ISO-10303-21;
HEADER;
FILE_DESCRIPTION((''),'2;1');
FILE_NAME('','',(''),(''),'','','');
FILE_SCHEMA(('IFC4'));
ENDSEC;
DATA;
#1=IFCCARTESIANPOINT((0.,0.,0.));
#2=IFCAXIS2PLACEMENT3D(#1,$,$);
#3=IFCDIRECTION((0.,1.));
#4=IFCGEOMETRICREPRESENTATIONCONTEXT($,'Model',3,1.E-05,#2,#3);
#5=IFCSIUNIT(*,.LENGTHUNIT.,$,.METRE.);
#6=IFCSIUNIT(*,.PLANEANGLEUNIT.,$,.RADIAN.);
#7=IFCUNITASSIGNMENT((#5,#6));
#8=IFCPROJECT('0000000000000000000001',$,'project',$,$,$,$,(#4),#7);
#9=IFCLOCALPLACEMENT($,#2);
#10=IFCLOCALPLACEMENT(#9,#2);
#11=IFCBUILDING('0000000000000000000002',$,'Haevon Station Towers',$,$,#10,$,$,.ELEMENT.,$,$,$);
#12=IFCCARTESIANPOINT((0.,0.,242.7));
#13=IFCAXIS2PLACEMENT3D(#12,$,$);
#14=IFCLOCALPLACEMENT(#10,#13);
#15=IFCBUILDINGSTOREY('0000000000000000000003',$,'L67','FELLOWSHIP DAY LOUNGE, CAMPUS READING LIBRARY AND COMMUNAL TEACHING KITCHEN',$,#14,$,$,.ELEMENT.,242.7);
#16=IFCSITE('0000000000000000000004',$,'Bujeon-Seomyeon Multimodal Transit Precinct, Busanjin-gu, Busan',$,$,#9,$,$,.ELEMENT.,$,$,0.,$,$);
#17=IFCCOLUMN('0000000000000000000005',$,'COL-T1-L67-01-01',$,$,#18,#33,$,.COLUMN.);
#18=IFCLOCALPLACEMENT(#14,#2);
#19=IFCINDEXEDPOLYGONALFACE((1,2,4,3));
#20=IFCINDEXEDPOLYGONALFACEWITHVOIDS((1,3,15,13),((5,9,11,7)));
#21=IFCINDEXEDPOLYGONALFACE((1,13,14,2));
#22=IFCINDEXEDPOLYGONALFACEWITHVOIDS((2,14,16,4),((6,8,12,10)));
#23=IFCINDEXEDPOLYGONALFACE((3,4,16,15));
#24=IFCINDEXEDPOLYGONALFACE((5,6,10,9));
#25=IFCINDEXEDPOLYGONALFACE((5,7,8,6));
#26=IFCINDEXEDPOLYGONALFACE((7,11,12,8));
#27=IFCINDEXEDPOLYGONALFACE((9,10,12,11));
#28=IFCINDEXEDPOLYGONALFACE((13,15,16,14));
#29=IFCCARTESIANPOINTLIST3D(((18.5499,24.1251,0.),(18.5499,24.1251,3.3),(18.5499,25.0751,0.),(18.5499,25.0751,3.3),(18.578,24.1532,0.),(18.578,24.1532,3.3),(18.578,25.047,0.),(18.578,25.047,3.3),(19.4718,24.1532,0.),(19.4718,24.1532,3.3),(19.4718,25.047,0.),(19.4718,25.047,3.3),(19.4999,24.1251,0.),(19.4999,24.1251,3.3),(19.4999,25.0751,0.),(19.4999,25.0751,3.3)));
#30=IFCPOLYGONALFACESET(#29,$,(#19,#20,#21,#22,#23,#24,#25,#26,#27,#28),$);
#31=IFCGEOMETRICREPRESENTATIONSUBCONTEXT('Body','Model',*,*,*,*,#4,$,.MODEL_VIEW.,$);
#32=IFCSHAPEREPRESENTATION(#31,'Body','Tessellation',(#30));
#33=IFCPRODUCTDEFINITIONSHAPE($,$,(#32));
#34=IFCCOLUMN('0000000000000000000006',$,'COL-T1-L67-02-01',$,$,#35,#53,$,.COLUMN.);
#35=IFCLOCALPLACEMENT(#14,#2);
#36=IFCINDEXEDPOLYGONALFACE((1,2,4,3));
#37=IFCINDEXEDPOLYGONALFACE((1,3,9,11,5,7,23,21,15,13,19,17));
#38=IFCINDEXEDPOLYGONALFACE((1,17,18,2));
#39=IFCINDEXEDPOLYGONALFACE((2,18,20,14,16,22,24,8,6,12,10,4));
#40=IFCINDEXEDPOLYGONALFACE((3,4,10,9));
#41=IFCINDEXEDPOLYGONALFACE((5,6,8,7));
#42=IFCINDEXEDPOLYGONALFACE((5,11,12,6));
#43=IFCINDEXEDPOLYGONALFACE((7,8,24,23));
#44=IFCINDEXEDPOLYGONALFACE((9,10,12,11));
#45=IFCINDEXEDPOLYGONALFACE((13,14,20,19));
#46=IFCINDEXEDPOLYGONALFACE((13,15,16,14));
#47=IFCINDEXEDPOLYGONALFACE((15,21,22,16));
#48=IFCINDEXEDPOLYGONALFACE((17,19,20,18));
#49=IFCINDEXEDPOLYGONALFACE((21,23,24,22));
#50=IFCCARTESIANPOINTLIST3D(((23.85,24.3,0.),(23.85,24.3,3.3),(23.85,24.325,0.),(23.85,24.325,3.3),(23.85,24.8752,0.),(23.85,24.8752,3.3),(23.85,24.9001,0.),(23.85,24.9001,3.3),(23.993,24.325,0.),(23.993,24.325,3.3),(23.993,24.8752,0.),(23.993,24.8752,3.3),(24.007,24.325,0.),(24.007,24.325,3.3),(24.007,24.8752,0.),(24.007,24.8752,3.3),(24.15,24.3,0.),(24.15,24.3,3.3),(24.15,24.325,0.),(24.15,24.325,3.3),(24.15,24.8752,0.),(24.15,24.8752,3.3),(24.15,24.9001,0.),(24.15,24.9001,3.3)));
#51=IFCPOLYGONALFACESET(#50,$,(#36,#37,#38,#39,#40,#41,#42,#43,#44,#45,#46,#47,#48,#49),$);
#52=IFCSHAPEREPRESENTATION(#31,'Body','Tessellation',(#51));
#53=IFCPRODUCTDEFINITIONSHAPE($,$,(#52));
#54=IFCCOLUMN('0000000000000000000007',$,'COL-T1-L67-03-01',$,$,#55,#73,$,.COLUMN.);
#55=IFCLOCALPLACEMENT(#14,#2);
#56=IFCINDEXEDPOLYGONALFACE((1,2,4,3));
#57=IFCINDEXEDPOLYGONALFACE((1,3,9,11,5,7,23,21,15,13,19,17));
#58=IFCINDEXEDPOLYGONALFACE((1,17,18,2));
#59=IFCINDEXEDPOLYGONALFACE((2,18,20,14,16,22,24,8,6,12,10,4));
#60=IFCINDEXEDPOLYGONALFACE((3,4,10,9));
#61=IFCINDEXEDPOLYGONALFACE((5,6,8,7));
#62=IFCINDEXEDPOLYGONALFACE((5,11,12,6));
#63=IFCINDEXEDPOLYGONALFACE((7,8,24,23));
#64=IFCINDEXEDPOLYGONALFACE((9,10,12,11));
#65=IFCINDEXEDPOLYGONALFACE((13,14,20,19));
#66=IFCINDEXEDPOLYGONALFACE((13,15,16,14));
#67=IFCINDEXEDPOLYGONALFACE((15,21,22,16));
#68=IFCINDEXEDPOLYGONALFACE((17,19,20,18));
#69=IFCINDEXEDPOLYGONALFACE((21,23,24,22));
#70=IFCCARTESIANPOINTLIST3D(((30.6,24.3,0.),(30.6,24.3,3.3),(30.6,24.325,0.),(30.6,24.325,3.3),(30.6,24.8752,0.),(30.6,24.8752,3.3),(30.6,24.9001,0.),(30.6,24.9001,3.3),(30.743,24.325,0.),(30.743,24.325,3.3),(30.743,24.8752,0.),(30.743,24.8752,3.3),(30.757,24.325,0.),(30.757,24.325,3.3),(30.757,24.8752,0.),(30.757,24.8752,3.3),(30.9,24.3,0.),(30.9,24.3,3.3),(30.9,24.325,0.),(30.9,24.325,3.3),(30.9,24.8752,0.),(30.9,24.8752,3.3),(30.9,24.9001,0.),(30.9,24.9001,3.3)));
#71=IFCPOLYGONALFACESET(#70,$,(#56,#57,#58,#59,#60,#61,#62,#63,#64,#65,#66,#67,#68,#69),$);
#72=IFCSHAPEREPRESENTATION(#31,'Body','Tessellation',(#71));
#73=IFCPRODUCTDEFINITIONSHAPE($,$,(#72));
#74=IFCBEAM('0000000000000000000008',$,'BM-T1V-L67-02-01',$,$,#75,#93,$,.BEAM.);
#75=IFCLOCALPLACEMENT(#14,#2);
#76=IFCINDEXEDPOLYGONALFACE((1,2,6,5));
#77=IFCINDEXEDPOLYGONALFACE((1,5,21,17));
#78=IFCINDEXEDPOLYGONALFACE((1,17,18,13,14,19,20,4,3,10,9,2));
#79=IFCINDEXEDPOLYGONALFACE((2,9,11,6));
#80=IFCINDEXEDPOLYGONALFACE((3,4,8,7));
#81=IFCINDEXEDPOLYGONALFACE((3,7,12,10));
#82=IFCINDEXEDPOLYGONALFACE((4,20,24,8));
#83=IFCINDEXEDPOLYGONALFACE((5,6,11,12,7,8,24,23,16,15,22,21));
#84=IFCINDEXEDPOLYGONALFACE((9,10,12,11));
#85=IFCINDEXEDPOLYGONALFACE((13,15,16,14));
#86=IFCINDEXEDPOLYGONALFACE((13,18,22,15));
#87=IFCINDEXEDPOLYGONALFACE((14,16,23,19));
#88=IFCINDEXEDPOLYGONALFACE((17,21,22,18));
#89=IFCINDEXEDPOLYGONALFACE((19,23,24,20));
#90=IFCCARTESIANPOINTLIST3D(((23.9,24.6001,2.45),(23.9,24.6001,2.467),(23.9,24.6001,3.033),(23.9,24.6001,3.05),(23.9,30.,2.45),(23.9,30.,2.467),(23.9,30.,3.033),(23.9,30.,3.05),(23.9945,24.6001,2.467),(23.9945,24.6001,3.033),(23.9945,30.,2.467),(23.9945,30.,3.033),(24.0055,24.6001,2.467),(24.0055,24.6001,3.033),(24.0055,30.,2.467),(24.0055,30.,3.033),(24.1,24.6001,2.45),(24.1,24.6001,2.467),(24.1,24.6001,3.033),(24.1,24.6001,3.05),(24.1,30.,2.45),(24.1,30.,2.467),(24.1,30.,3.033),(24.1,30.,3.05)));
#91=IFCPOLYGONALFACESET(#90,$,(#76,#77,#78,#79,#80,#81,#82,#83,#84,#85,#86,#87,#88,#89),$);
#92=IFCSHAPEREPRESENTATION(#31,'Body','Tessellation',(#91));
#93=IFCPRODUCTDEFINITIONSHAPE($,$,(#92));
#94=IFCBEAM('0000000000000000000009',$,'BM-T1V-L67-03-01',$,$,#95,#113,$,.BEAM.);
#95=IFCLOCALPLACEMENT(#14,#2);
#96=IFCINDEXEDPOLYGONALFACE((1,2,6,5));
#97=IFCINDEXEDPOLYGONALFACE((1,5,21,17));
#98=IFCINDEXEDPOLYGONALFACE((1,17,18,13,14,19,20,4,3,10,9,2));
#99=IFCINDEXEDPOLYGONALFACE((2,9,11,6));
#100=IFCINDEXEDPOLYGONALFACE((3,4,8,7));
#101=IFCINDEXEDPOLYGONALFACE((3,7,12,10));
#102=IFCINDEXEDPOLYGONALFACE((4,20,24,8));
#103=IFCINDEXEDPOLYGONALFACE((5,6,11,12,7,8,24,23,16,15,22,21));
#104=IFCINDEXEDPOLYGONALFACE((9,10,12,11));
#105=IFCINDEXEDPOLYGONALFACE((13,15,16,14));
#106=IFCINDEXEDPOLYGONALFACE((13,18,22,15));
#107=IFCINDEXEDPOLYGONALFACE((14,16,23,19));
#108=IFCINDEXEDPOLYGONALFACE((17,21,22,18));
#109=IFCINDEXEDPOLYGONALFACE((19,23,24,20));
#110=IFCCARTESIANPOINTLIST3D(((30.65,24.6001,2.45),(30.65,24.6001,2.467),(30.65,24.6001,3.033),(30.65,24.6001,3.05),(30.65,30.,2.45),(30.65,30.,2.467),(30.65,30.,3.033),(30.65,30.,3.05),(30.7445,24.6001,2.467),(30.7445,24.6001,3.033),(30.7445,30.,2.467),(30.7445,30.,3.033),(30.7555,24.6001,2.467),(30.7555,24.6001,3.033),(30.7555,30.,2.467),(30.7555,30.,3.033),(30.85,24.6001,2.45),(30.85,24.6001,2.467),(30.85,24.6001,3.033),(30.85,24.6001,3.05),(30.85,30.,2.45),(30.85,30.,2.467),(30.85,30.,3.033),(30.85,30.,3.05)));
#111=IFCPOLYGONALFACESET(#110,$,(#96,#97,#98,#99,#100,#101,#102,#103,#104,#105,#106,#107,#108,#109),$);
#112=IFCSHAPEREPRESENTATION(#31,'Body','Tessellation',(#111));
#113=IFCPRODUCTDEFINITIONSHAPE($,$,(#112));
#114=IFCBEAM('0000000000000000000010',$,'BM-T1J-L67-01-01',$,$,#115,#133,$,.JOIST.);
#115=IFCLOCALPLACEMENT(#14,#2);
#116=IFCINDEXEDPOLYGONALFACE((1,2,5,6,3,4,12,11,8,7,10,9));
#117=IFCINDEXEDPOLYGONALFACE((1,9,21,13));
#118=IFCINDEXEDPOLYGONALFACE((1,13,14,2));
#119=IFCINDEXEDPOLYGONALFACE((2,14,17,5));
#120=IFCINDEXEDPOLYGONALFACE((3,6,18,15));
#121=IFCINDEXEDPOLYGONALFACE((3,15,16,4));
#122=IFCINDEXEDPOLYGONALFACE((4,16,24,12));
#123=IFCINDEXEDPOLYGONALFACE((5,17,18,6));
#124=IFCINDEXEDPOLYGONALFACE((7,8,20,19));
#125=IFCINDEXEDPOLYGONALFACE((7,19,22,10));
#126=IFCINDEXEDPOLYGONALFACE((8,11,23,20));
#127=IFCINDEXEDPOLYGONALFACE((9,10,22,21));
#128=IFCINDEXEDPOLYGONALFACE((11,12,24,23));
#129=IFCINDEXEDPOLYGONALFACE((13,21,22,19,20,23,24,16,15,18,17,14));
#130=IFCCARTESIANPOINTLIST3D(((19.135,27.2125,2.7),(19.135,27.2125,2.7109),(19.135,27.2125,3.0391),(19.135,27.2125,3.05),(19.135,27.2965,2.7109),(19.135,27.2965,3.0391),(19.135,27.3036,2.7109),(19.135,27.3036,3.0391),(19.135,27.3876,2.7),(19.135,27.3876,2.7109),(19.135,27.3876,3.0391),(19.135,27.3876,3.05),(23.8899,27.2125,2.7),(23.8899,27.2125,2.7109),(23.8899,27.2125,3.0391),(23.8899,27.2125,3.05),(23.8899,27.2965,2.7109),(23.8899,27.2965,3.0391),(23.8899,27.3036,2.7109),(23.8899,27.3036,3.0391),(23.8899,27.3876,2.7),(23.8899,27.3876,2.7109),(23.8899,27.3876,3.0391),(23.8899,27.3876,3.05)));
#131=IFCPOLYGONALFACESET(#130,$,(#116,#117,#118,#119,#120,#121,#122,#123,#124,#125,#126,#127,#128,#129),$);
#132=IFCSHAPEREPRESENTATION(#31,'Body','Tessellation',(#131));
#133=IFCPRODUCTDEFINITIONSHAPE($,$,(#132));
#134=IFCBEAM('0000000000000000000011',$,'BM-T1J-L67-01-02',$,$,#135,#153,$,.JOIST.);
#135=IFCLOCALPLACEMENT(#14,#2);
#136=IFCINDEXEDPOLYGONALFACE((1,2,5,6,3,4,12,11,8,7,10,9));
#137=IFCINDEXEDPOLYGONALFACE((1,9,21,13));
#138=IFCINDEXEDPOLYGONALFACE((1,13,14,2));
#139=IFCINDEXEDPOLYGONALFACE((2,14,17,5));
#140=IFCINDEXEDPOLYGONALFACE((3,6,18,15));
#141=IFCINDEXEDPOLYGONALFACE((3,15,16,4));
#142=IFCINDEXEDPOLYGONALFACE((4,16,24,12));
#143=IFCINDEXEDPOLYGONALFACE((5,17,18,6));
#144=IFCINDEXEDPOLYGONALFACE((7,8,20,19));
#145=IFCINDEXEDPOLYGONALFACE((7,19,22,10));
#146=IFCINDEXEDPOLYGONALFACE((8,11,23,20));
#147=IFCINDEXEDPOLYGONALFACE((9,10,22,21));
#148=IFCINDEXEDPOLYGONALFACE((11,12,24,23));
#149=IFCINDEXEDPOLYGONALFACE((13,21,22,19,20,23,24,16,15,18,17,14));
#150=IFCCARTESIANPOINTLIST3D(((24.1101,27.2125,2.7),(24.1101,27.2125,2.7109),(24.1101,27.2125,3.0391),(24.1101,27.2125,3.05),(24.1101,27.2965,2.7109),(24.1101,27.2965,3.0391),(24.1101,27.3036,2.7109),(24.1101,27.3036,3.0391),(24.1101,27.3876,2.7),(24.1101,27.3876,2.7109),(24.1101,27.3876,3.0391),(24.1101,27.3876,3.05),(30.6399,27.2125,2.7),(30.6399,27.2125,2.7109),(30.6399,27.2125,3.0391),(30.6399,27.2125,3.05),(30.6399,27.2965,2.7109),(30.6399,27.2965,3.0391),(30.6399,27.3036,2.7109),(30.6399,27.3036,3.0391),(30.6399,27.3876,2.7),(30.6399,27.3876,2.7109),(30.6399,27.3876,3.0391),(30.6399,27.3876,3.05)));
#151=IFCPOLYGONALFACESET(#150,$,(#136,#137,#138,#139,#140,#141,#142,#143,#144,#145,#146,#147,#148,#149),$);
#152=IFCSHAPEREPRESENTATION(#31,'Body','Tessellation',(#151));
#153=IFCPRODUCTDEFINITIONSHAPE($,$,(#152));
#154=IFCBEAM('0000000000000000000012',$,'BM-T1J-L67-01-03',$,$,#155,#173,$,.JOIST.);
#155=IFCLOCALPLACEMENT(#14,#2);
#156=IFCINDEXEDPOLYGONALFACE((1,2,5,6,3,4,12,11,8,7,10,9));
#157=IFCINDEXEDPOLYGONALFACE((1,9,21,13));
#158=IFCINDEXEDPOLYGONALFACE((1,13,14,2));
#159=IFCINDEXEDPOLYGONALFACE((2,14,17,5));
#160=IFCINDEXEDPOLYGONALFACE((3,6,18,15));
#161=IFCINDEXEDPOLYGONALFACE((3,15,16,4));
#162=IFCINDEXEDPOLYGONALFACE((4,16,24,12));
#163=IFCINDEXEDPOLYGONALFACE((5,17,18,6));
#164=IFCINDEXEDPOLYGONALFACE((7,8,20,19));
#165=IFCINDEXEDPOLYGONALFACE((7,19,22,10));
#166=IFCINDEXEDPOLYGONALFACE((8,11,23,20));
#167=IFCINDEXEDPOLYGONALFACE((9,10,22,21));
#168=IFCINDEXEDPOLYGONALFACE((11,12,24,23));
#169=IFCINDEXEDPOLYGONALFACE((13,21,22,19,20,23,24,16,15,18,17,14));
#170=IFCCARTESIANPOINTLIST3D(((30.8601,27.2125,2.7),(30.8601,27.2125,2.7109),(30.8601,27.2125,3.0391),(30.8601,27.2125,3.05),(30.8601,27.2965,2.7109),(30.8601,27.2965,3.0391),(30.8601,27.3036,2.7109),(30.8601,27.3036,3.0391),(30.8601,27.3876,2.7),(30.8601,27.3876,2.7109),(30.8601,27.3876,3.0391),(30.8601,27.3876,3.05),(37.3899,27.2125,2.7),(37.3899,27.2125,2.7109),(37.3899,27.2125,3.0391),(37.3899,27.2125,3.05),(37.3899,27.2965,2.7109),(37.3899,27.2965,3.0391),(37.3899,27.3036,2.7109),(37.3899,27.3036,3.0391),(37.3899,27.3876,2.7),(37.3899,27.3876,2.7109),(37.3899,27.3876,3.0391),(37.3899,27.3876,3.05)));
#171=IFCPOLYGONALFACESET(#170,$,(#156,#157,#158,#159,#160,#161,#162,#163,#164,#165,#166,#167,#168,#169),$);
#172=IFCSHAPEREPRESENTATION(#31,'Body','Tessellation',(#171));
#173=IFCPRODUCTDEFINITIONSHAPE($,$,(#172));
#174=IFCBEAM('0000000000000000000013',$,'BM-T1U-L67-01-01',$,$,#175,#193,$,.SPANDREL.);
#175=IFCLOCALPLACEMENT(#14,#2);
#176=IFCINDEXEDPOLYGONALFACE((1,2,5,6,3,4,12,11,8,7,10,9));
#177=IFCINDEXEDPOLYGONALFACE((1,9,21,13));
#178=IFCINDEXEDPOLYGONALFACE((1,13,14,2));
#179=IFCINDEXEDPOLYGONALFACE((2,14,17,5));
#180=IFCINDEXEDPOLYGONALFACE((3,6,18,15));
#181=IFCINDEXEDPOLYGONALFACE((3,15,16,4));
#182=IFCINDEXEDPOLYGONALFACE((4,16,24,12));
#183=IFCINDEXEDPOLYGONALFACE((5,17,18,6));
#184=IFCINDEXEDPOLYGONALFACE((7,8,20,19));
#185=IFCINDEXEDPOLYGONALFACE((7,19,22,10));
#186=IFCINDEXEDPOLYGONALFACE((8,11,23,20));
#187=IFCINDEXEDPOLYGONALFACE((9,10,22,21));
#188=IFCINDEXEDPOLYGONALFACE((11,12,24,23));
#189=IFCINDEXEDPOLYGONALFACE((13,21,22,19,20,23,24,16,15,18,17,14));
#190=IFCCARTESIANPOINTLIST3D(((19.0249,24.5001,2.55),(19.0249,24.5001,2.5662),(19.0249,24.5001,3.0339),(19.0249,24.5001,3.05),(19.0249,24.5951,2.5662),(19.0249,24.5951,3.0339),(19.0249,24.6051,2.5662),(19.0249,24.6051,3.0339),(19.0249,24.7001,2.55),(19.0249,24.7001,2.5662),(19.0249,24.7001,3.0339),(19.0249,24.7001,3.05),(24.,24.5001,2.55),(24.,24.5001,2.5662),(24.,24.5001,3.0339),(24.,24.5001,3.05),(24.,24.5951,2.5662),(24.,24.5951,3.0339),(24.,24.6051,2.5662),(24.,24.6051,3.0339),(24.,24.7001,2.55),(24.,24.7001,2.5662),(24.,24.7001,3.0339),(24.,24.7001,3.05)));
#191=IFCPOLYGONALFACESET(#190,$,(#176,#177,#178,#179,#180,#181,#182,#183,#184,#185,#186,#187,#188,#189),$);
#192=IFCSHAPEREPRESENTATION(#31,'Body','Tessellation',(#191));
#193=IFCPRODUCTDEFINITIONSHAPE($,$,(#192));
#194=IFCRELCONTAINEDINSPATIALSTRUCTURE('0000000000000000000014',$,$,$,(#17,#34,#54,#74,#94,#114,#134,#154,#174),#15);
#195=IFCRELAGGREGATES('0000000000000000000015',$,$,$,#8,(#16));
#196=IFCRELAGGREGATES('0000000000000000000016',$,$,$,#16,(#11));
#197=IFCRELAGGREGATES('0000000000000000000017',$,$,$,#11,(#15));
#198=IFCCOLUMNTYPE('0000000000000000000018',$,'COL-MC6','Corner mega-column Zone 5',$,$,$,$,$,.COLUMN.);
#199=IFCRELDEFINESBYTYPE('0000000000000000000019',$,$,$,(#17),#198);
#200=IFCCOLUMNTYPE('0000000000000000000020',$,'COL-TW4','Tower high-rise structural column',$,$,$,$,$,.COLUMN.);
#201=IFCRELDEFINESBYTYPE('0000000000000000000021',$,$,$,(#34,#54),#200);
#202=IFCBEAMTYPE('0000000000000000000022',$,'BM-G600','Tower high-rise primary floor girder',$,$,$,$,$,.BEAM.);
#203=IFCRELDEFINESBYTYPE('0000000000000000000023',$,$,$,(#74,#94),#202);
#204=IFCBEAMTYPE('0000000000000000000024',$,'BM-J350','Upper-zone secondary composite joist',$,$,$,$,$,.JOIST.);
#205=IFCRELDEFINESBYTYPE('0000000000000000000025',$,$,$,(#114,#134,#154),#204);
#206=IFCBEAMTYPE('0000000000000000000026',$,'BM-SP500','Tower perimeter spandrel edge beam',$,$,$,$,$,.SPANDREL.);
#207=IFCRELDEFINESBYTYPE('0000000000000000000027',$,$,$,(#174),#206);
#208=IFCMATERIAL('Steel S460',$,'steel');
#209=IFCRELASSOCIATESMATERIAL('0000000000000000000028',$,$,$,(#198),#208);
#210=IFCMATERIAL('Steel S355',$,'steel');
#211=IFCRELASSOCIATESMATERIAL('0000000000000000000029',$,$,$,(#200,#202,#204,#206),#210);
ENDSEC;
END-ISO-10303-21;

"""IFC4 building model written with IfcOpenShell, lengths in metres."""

from ifc_helpers import new_model, si_unit, direction, frame, origin, origin_2d, place, context, subcontext, project, spatial, hollow_rectangle, i_section, extrude, material, material_profile, profile_set, type_object, element, save


model = new_model("IFC4")

# Units and contexts
model_context = context("Model", 3, precision=1e-05, world=origin(), true_north=direction((0.0, 1.0)))
body_context = subcontext(model_context, "Body", "Model", "MODEL_VIEW")
ifc_project = project(units=[si_unit("LENGTHUNIT", "METRE"), si_unit("PLANEANGLEUNIT", "RADIAN")], contexts=[model_context])

# Site, building, storey
site_placement = place(None, origin())
site = spatial("IfcSite", under=ifc_project, at=site_placement, Name="Bujeon-Seomyeon Multimodal Transit Precinct, Busanjin-gu, Busan", CompositionType="ELEMENT", RefElevation=0.0)
building_placement = place(site_placement, origin())
building = spatial("IfcBuilding", under=site, at=building_placement, Name="Haevon Station Towers", CompositionType="ELEMENT")
storey_placement = place(building_placement, frame((0.0, 0.0, 242.7)))
storey = spatial("IfcBuildingStorey", under=building, at=storey_placement, Name="L67", Description="FELLOWSHIP DAY LOUNGE, CAMPUS READING LIBRARY AND COMMUNAL TEACHING KITCHEN", CompositionType="ELEMENT", Elevation=242.7)

# Columns
ifc_material_1 = material(Name="Steel S460", Category="steel")
ifc_material_profile_1 = material_profile(ifc_material_1, hollow_rectangle(XDim=0.95, YDim=0.95, WallThickness=0.0281, at=origin_2d()), Name="BOX-950x950x28")
ifc_profile_set_1 = profile_set([ifc_material_profile_1], Name="Steel S460")
column_type_1 = type_object("IfcColumnType", Name="COL-MC6", Description="Corner mega-column Zone 5", PredefinedType="COLUMN", material=ifc_profile_set_1)
column_placement = place(storey_placement, frame((19.0249, 24.6001, 0.0), z_axis=(0.0, 0.0, 1.0), x_axis=(1.0, 0.0, 0.0)))
element("IfcColumn", 1, at=column_placement, inside=storey, type_object=column_type_1, Name="COL-T1-L67-01-01", PredefinedType="COLUMN", context=body_context, shape_type="SweptSolid", body=[
    extrude(hollow_rectangle(XDim=0.95, YDim=0.95, WallThickness=0.0281, at=origin_2d()), origin(), (0.0, 0.0, 1.0), 3.3),
])
ifc_material_2 = material(Name="Steel S355", Category="steel")
ifc_material_profile_2 = material_profile(ifc_material_2, i_section(OverallWidth=0.3, OverallDepth=0.6001, WebThickness=0.0139, FlangeThickness=0.0249, at=origin_2d()), Name="H-600x300x14x25")
ifc_profile_set_2 = profile_set([ifc_material_profile_2], Name="Steel S355")
column_type_2 = type_object("IfcColumnType", Name="COL-TW4", Description="Tower high-rise structural column", PredefinedType="COLUMN", material=ifc_profile_set_2)
for number, where, z_axis, x_axis, name in (
    (2, (24.0, 24.6001, 0.0), (0.0, 0.0, 1.0), (1.0, 0.0, 0.0), "COL-T1-L67-02-01"),
    (3, (30.75, 24.6001, 0.0), (0.0, 0.0, 1.0), (1.0, 0.0, 0.0), "COL-T1-L67-03-01"),
):
    element("IfcColumn", number, at=place(storey_placement, frame(where, z_axis=z_axis, x_axis=x_axis)), inside=storey, type_object=column_type_2, Name=name, PredefinedType="COLUMN", context=body_context, shape_type="SweptSolid", body=[
        extrude(i_section(OverallWidth=0.3, OverallDepth=0.6001, WebThickness=0.0139, FlangeThickness=0.0249, at=origin_2d()), origin(), (0.0, 0.0, 1.0), 3.3),
    ])

# Beams
ifc_material_profile_3 = material_profile(ifc_material_2, i_section(OverallWidth=0.2, OverallDepth=0.6001, WebThickness=0.011, FlangeThickness=0.0171, at=origin_2d()), Name="H-600x200x11x17")
ifc_profile_set_3 = profile_set([ifc_material_profile_3], Name="Steel S355")
beam_type_1 = type_object("IfcBeamType", Name="BM-G600", Description="Tower high-rise primary floor girder", PredefinedType="BEAM", material=ifc_profile_set_3)
for number, where, z_axis, x_axis, name in (
    (4, (24.0, 24.6001, 2.75), (0.0, 1.0, 0.0), (-1.0, 0.0, 0.0), "BM-T1V-L67-02-01"),
    (5, (30.75, 24.6001, 2.75), (0.0, 1.0, 0.0), (-1.0, 0.0, 0.0), "BM-T1V-L67-03-01"),
):
    element("IfcBeam", number, at=place(storey_placement, frame(where, z_axis=z_axis, x_axis=x_axis)), inside=storey, type_object=beam_type_1, Name=name, PredefinedType="BEAM", context=body_context, shape_type="SweptSolid", body=[
        extrude(i_section(OverallWidth=0.2, OverallDepth=0.6001, WebThickness=0.011, FlangeThickness=0.0171, at=origin_2d()), origin(), (0.0, 0.0, 1.0), 5.3999),
    ])
ifc_material_profile_4 = material_profile(ifc_material_2, i_section(OverallWidth=0.175, OverallDepth=0.3501, WebThickness=0.0071, FlangeThickness=0.011, at=origin_2d()), Name="H-350x175x7x11")
ifc_profile_set_4 = profile_set([ifc_material_profile_4], Name="Steel S355")
beam_type_2 = type_object("IfcBeamType", Name="BM-J350", Description="Upper-zone secondary composite joist", PredefinedType="JOIST", material=ifc_profile_set_4)
beam_1_placement = place(storey_placement, frame((19.135, 27.3, 2.875), z_axis=(1.0, 0.0, 0.0), x_axis=(0.0, 1.0, 0.0)))
element("IfcBeam", 6, at=beam_1_placement, inside=storey, type_object=beam_type_2, Name="BM-T1J-L67-01-01", PredefinedType="JOIST", context=body_context, shape_type="SweptSolid", body=[
    extrude(i_section(OverallWidth=0.175, OverallDepth=0.3501, WebThickness=0.0071, FlangeThickness=0.011, at=origin_2d()), origin(), (0.0, 0.0, 1.0), 4.7549),
])
for number, where, z_axis, x_axis, name in (
    (7, (24.1101, 27.3, 2.875), (1.0, 0.0, 0.0), (0.0, 1.0, 0.0), "BM-T1J-L67-01-02"),
    (8, (30.8601, 27.3, 2.875), (1.0, 0.0, 0.0), (0.0, 1.0, 0.0), "BM-T1J-L67-01-03"),
):
    element("IfcBeam", number, at=place(storey_placement, frame(where, z_axis=z_axis, x_axis=x_axis)), inside=storey, type_object=beam_type_2, Name=name, PredefinedType="JOIST", context=body_context, shape_type="SweptSolid", body=[
        extrude(i_section(OverallWidth=0.175, OverallDepth=0.3501, WebThickness=0.0071, FlangeThickness=0.011, at=origin_2d()), origin(), (0.0, 0.0, 1.0), 6.5298),
    ])
ifc_material_profile_5 = material_profile(ifc_material_2, i_section(OverallWidth=0.2, OverallDepth=0.5, WebThickness=0.01, FlangeThickness=0.0161, at=origin_2d()), Name="H-500x200x10x16")
ifc_profile_set_5 = profile_set([ifc_material_profile_5], Name="Steel S355")
beam_type_3 = type_object("IfcBeamType", Name="BM-SP500", Description="Tower perimeter spandrel edge beam", PredefinedType="SPANDREL", material=ifc_profile_set_5)
beam_2_placement = place(storey_placement, frame((19.0249, 24.6001, 2.8), z_axis=(1.0, 0.0, 0.0), x_axis=(0.0, 1.0, 0.0)))
element("IfcBeam", 9, at=beam_2_placement, inside=storey, type_object=beam_type_3, Name="BM-T1U-L67-01-01", PredefinedType="SPANDREL", context=body_context, shape_type="SweptSolid", body=[
    extrude(i_section(OverallWidth=0.2, OverallDepth=0.5, WebThickness=0.01, FlangeThickness=0.0161, at=origin_2d()), origin(), (0.0, 0.0, 1.0), 4.9751),
])

save(model, "model.ifc")
